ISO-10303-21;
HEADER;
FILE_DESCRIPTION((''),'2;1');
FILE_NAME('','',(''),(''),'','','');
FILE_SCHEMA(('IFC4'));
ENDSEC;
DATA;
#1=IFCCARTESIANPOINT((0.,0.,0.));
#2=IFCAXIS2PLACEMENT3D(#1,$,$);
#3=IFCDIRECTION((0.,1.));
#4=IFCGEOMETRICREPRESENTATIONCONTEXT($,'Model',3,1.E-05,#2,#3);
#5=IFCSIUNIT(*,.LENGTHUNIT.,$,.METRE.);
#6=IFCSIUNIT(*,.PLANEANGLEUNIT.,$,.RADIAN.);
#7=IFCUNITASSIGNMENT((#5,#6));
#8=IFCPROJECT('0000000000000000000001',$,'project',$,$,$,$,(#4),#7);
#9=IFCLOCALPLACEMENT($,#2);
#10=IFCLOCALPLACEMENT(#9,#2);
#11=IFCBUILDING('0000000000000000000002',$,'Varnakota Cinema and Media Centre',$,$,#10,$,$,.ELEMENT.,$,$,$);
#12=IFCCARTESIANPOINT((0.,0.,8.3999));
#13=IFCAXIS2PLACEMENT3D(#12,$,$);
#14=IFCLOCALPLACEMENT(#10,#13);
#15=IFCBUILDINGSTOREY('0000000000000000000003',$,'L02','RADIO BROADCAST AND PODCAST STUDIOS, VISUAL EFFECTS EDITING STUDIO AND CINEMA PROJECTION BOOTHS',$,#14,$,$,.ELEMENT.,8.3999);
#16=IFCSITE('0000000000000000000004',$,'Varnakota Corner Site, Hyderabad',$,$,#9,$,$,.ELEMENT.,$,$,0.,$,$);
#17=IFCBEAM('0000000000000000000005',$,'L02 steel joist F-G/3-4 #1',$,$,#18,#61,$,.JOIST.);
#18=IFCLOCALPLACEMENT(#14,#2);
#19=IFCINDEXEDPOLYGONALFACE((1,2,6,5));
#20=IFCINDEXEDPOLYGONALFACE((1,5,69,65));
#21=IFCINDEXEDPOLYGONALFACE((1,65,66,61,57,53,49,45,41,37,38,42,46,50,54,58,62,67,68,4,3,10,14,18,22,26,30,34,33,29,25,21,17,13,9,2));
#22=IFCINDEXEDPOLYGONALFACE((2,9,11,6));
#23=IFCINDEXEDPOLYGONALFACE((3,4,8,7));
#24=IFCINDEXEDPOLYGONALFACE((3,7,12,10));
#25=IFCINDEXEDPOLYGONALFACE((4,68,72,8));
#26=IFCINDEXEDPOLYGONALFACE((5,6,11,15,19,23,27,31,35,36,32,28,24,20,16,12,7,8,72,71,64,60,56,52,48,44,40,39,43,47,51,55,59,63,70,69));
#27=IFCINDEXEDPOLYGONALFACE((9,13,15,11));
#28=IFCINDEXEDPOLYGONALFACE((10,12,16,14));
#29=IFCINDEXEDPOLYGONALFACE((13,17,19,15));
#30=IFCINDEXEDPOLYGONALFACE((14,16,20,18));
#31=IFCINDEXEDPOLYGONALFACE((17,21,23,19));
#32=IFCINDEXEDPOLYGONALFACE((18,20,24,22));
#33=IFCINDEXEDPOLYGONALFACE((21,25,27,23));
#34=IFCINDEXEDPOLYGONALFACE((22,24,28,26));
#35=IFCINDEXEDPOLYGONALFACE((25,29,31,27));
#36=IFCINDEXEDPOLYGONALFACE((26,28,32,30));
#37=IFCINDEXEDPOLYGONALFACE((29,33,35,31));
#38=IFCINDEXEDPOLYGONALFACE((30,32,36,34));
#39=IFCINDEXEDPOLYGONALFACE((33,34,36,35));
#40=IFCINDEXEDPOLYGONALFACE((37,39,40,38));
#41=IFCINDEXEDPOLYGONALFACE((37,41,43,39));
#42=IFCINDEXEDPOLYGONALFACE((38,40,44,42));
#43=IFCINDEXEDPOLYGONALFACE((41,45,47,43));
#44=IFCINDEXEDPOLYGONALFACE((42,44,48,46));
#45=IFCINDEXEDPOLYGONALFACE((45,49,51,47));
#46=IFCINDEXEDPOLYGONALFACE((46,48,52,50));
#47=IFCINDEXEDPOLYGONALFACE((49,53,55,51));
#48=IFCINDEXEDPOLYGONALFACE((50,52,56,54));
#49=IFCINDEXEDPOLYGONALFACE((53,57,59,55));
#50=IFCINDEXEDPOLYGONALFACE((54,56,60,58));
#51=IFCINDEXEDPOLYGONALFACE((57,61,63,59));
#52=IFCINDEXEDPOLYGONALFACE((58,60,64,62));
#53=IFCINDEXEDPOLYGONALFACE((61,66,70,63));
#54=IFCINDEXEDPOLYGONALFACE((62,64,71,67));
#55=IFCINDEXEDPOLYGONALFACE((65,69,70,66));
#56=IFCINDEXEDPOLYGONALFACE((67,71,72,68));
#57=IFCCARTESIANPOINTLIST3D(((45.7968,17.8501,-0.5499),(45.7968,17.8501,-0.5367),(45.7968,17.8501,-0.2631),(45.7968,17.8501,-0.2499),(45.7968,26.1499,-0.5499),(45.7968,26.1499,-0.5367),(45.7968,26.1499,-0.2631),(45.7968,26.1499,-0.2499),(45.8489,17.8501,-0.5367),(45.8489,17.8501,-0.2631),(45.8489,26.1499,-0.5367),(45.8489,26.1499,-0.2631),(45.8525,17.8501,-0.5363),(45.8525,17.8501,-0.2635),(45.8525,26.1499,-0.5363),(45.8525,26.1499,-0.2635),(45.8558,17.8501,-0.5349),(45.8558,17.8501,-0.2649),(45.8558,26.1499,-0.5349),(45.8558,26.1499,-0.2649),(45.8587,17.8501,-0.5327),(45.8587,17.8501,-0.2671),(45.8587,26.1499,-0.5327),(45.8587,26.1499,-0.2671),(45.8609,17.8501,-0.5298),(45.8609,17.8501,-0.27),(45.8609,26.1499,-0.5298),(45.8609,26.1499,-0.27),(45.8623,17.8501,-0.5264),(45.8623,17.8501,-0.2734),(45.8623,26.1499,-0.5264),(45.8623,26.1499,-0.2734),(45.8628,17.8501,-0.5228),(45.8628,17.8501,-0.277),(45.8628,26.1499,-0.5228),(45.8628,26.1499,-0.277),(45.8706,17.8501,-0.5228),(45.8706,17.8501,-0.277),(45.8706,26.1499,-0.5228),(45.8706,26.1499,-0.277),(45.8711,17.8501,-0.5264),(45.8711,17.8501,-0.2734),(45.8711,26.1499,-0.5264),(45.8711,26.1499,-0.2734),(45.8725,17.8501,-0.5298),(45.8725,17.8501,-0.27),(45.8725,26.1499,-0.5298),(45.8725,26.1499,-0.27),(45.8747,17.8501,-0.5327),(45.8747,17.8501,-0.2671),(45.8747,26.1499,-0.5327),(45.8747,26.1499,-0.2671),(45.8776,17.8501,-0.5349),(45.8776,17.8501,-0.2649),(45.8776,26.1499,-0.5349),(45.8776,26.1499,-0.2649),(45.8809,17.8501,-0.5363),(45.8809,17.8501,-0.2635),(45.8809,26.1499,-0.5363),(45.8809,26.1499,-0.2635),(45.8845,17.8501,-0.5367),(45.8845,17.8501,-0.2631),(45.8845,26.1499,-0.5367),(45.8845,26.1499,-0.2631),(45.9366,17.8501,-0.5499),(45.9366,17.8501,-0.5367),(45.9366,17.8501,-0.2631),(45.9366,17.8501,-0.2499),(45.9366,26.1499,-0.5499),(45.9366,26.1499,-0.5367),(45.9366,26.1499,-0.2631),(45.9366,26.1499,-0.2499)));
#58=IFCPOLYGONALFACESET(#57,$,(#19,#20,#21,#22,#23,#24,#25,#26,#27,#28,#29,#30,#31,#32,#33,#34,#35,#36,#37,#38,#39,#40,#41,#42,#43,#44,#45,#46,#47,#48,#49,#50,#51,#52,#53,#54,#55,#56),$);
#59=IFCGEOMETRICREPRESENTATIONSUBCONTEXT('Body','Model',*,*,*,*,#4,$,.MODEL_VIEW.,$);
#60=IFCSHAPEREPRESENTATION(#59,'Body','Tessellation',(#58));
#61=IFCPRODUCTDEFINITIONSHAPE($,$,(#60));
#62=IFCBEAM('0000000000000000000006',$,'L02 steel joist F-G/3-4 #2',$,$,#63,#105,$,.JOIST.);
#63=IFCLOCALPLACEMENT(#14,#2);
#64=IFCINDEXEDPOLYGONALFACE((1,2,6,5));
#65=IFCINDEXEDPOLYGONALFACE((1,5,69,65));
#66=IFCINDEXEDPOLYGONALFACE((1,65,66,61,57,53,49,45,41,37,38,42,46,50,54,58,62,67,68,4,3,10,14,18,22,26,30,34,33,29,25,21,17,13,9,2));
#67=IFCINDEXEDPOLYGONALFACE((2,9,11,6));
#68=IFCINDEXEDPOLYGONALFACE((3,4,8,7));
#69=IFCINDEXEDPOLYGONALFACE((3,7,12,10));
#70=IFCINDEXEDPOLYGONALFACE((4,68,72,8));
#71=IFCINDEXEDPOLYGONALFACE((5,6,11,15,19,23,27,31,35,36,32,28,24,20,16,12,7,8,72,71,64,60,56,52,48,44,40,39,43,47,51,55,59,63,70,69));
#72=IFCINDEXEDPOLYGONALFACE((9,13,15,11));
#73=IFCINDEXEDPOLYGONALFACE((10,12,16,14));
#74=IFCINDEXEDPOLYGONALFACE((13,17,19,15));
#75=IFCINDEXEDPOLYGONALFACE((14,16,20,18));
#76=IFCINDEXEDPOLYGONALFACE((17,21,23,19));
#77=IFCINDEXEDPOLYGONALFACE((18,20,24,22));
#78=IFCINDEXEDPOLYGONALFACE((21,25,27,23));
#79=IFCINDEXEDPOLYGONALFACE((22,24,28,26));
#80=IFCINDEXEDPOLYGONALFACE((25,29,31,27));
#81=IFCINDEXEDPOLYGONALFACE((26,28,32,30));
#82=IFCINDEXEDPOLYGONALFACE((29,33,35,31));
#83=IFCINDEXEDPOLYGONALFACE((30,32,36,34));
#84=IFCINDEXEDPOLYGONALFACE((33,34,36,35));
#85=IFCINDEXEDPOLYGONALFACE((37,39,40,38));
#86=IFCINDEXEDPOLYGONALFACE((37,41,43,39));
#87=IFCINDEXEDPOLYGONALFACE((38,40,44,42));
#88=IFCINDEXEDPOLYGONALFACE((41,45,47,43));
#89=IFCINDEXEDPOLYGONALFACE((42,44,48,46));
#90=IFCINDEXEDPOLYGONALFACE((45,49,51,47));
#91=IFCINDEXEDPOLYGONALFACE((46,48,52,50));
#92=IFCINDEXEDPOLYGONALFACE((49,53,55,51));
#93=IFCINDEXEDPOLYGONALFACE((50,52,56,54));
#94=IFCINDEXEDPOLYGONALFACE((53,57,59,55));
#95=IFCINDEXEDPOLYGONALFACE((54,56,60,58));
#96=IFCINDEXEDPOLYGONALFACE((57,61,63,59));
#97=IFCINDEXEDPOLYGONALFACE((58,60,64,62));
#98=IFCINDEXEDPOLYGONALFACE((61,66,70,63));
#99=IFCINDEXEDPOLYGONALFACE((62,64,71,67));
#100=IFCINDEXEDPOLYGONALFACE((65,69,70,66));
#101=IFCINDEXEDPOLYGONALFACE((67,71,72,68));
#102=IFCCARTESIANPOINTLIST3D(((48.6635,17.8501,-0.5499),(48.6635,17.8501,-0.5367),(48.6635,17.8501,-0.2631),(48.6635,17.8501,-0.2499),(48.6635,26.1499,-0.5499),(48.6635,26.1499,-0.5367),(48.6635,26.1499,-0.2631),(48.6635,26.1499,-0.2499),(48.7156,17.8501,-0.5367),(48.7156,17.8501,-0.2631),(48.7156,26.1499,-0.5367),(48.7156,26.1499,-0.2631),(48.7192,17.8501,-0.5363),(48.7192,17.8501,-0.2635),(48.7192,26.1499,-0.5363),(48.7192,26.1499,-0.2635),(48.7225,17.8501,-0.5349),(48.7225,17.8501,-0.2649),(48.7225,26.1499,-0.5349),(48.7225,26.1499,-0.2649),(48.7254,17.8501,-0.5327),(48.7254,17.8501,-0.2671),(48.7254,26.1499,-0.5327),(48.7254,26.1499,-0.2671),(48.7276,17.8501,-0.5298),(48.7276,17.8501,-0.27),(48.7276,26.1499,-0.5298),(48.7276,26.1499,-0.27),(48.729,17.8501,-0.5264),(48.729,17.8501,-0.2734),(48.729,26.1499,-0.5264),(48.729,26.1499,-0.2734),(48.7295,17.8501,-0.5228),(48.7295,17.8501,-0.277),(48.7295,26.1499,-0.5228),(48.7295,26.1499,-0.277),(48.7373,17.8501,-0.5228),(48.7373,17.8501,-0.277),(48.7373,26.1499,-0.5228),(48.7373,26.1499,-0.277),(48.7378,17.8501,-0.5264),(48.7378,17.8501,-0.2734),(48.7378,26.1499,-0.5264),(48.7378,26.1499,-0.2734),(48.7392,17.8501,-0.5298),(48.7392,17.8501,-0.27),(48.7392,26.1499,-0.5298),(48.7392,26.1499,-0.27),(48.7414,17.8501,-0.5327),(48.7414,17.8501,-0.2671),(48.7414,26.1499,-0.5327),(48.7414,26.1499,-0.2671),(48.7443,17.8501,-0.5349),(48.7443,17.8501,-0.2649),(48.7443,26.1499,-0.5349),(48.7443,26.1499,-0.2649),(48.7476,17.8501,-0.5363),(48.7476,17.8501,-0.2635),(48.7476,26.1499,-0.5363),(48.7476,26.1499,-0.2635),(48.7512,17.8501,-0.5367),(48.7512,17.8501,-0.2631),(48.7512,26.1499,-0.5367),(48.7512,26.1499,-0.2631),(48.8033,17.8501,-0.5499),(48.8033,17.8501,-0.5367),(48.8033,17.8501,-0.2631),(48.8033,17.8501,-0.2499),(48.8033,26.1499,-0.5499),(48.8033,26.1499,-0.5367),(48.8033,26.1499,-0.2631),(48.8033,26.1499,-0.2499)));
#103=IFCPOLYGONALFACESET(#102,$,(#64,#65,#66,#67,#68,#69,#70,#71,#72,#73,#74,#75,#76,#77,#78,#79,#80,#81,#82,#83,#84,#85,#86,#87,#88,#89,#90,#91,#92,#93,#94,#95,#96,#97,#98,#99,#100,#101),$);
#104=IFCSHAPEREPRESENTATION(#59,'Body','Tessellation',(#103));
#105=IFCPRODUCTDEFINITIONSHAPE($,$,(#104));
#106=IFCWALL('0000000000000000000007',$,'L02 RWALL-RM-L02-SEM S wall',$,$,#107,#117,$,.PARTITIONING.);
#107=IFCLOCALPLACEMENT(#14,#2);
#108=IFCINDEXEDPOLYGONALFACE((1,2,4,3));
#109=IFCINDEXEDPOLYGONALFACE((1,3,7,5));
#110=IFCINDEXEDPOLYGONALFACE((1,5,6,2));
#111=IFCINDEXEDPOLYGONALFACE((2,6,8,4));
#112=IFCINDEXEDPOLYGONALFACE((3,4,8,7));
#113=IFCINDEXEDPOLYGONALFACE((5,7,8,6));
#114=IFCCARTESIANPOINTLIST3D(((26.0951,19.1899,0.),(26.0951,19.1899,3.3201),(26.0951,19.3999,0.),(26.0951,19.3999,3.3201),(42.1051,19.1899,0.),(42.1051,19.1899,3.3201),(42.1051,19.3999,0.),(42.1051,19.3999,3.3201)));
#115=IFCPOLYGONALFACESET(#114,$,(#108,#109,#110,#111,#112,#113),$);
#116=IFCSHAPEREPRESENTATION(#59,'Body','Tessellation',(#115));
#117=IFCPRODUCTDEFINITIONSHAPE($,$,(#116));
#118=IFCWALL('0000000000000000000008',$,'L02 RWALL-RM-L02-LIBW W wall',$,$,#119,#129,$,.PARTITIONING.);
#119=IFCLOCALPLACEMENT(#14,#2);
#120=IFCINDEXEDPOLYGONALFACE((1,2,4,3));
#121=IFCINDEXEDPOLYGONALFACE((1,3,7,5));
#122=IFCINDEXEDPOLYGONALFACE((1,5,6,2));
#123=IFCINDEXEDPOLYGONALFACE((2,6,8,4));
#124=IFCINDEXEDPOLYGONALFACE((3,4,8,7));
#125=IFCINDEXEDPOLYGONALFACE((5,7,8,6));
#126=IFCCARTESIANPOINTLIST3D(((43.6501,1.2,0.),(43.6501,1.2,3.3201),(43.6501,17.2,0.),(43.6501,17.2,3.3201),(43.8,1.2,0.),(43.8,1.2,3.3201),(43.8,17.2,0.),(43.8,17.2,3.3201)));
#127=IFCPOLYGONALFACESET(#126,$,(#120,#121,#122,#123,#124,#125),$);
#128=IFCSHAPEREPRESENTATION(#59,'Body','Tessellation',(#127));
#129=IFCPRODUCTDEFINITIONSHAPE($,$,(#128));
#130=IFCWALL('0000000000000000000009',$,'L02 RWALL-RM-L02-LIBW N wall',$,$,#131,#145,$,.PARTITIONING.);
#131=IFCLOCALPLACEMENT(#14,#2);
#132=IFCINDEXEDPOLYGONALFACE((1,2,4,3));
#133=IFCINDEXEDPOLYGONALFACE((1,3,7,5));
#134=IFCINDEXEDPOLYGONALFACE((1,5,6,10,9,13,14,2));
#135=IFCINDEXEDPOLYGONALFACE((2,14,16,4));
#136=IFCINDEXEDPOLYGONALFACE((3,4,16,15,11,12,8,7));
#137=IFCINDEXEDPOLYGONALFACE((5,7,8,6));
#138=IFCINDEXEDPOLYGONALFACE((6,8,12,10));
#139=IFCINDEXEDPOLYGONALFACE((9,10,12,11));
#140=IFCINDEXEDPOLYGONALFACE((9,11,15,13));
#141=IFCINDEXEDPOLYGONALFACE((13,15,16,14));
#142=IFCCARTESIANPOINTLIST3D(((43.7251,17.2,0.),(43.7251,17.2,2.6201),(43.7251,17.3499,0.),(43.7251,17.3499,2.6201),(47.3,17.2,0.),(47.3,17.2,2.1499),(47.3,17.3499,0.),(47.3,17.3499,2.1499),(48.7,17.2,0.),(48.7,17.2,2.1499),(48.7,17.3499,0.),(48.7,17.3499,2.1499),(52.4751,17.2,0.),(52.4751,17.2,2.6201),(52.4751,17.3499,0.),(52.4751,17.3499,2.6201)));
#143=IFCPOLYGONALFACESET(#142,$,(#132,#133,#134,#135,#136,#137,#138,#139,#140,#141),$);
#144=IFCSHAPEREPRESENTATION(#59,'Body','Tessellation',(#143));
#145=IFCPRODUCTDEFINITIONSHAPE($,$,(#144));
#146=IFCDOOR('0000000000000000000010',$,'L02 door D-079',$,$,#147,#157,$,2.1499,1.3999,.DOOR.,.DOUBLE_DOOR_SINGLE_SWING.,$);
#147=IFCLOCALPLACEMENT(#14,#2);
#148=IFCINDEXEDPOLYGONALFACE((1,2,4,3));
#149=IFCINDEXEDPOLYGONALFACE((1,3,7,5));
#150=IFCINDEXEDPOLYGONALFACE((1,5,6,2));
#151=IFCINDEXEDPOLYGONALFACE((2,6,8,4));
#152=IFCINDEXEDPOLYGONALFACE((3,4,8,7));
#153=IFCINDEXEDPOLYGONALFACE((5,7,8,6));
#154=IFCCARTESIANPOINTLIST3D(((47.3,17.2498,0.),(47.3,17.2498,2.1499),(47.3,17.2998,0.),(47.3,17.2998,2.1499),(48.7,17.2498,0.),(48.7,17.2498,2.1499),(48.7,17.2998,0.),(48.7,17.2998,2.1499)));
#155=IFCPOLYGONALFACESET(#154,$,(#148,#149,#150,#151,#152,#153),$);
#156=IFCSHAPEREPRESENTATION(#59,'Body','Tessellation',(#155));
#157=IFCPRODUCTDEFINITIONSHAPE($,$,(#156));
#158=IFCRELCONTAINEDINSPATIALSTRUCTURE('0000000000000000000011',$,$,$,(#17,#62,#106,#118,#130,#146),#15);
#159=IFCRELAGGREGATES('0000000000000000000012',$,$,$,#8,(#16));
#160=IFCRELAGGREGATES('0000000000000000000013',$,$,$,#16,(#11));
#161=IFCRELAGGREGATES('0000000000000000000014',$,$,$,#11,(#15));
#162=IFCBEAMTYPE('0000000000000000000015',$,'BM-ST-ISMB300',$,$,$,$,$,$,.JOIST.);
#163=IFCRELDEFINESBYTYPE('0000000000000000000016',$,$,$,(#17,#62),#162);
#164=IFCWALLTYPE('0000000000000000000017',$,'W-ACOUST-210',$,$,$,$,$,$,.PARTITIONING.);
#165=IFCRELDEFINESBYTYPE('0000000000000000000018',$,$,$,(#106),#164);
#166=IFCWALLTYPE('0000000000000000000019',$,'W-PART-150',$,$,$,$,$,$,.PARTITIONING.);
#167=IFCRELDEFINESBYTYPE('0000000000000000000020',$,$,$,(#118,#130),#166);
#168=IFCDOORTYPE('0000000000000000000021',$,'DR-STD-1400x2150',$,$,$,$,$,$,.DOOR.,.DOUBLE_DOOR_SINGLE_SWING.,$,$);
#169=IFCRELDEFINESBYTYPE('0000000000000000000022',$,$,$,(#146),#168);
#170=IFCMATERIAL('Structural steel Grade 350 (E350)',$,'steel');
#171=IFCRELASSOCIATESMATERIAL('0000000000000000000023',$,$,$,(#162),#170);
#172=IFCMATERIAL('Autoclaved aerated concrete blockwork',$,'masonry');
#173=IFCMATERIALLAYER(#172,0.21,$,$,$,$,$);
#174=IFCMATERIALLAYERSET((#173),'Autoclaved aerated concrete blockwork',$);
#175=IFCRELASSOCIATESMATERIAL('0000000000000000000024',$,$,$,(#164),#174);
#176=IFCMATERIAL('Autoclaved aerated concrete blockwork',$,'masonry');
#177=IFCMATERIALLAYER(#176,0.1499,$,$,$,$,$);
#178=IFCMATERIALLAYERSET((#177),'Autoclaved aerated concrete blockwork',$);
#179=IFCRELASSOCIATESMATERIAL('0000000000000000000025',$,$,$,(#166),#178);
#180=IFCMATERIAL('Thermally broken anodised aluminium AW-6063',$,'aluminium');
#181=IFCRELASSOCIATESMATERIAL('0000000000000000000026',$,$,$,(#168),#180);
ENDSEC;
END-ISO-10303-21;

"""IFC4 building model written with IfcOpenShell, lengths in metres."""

from ifc_helpers import new_model, si_unit, direction, frame, frame_2d, origin, origin_2d, place, context, subcontext, project, spatial, rectangle, i_section, extrude, material, layer, layer_set, material_profile, profile_set, type_object, element, fill, save


model = new_model("IFC4")

# Units and contexts
model_context = context("Model", 3, precision=1e-05, world=origin(), true_north=direction((0.0, 1.0)))
body_context = subcontext(model_context, "Body", "Model", "MODEL_VIEW")
ifc_project = project(units=[si_unit("LENGTHUNIT", "METRE"), si_unit("PLANEANGLEUNIT", "RADIAN")], contexts=[model_context])

# Site, building, storey
site_placement = place(None, origin())
site = spatial("IfcSite", under=ifc_project, at=site_placement, Name="Varnakota Corner Site, Hyderabad", CompositionType="ELEMENT", RefElevation=0.0)
building_placement = place(site_placement, origin())
building = spatial("IfcBuilding", under=site, at=building_placement, Name="Varnakota Cinema and Media Centre", CompositionType="ELEMENT")
storey_placement = place(building_placement, frame((0.0, 0.0, 8.3999)))
storey = spatial("IfcBuildingStorey", under=building, at=storey_placement, Name="L02", Description="RADIO BROADCAST AND PODCAST STUDIOS, VISUAL EFFECTS EDITING STUDIO AND CINEMA PROJECTION BOOTHS", CompositionType="ELEMENT", Elevation=8.3999)

# Beams
ifc_material_1 = material(Name="Structural steel Grade 350 (E350)", Category="steel")
ifc_material_profile_1 = material_profile(ifc_material_1, i_section(OverallWidth=0.1399, OverallDepth=0.3, WebThickness=0.0078, FlangeThickness=0.0132, FilletRadius=0.0139, at=origin_2d()), Name="ISMB 300")
ifc_profile_set_1 = profile_set([ifc_material_profile_1], Name="Structural steel Grade 350 (E350)")
beam_type_1 = type_object("IfcBeamType", Name="BM-ST-ISMB300", PredefinedType="JOIST", material=ifc_profile_set_1)
for number, where, z_axis, x_axis, name in (
    (1, (45.8667, 17.8501, -0.3999), (0.0, 1.0, 0.0), (-1.0, 0.0, 0.0), "L02 steel joist F-G/3-4 #1"),
    (2, (48.7334, 17.8501, -0.3999), (0.0, 1.0, 0.0), (-1.0, 0.0, 0.0), "L02 steel joist F-G/3-4 #2"),
):
    element("IfcBeam", number, at=place(storey_placement, frame(where, z_axis=z_axis, x_axis=x_axis)), inside=storey, type_object=beam_type_1, Name=name, PredefinedType="JOIST", context=body_context, shape_type="SweptSolid", body=[
        extrude(i_section(OverallWidth=0.1399, OverallDepth=0.3, WebThickness=0.0078, FlangeThickness=0.0132, FilletRadius=0.0139, at=origin_2d()), origin(), (0.0, 0.0, 1.0), 8.2998),
    ])

# Walls
ifc_material_2 = material(Name="Autoclaved aerated concrete blockwork", Category="masonry")
ifc_layer_1 = layer(ifc_material_2, 0.21)
ifc_layer_set_1 = layer_set([ifc_layer_1], Name="Autoclaved aerated concrete blockwork")
wall_type_1 = type_object("IfcWallType", Name="W-ACOUST-210", PredefinedType="PARTITIONING", material=ifc_layer_set_1)
wall_1_placement = place(storey_placement, frame((42.105, 19.2949, 0.0), z_axis=(0.0, 0.0, 1.0), x_axis=(-1.0, 0.0, 0.0)))
element("IfcWall", 3, at=wall_1_placement, inside=storey, type_object=wall_type_1, Name="L02 RWALL-RM-L02-SEM S wall", PredefinedType="PARTITIONING", context=body_context, shape_type="SweptSolid", body=[
    extrude(rectangle(XDim=16.01, YDim=0.21, at=frame_2d((8.0049, 0.0))), origin(), (0.0, 0.0, 1.0), 3.3201),
])
ifc_material_3 = material(Name="Autoclaved aerated concrete blockwork", Category="masonry")
ifc_layer_2 = layer(ifc_material_3, 0.1499)
ifc_layer_set_2 = layer_set([ifc_layer_2], Name="Autoclaved aerated concrete blockwork")
wall_type_2 = type_object("IfcWallType", Name="W-PART-150", PredefinedType="PARTITIONING", material=ifc_layer_set_2)
wall_2_placement = place(storey_placement, frame((43.7251, 1.2, 0.0), z_axis=(0.0, 0.0, 1.0), x_axis=(0.0, 1.0, 0.0)))
element("IfcWall", 4, at=wall_2_placement, inside=storey, type_object=wall_type_2, Name="L02 RWALL-RM-L02-LIBW W wall", PredefinedType="PARTITIONING", context=body_context, shape_type="SweptSolid", body=[
    extrude(rectangle(XDim=16.0, YDim=0.1499, at=frame_2d((8.0, 0.0))), origin(), (0.0, 0.0, 1.0), 3.3201),
])

# Wall, opening, door
wall_3_placement = place(storey_placement, frame((43.7251, 17.2749, 0.0), z_axis=(0.0, 0.0, 1.0), x_axis=(1.0, 0.0, 0.0)))
wall_3 = element("IfcWall", 5, at=wall_3_placement, inside=storey, type_object=wall_type_2, Name="L02 RWALL-RM-L02-LIBW N wall", PredefinedType="PARTITIONING", context=body_context, shape_type="SweptSolid", body=[
    extrude(rectangle(XDim=8.75, YDim=0.1499, at=frame_2d((4.375, 0.0))), origin(), (0.0, 0.0, 1.0), 2.6201),
])
opening_placement = place(wall_3_placement, frame((3.575, 0.0, 0.0)))
opening = element("IfcOpeningElement", 6, at=opening_placement, cuts=wall_3, PredefinedType="OPENING", context=body_context, shape_type="SweptSolid", body=[
    extrude(rectangle(XDim=1.3999, YDim=2.1499, at=frame_2d((0.7, 1.075))), frame((0.0, 0.075, 0.0), z_axis=(0.0, -1.0, 0.0), x_axis=(1.0, 0.0, 0.0)), (0.0, 0.0, 1.0), 0.1499),
])
ifc_material_4 = material(Name="Thermally broken anodised aluminium AW-6063", Category="aluminium")
door_type = type_object("IfcDoorType", Name="DR-STD-1400x2150", OperationType="DOUBLE_DOOR_SINGLE_SWING", PredefinedType="DOOR", material=ifc_material_4)
door_placement = place(opening_placement, origin())
door = element("IfcDoor", 7, at=door_placement, inside=storey, type_object=door_type, Name="L02 door D-079", OperationType="DOUBLE_DOOR_SINGLE_SWING", OverallHeight=2.1499, OverallWidth=1.3999, PredefinedType="DOOR", context=body_context, shape_type="SweptSolid", body=[
    extrude(rectangle(XDim=1.3999, YDim=2.1499, at=frame_2d((0.7, 1.075))), frame((0.0, 0.0249, 0.0), z_axis=(0.0, -1.0, 0.0), x_axis=(1.0, 0.0, 0.0)), (0.0, 0.0, 1.0), 0.05),
])
fill(opening, door)

save(model, "model.ifc")
